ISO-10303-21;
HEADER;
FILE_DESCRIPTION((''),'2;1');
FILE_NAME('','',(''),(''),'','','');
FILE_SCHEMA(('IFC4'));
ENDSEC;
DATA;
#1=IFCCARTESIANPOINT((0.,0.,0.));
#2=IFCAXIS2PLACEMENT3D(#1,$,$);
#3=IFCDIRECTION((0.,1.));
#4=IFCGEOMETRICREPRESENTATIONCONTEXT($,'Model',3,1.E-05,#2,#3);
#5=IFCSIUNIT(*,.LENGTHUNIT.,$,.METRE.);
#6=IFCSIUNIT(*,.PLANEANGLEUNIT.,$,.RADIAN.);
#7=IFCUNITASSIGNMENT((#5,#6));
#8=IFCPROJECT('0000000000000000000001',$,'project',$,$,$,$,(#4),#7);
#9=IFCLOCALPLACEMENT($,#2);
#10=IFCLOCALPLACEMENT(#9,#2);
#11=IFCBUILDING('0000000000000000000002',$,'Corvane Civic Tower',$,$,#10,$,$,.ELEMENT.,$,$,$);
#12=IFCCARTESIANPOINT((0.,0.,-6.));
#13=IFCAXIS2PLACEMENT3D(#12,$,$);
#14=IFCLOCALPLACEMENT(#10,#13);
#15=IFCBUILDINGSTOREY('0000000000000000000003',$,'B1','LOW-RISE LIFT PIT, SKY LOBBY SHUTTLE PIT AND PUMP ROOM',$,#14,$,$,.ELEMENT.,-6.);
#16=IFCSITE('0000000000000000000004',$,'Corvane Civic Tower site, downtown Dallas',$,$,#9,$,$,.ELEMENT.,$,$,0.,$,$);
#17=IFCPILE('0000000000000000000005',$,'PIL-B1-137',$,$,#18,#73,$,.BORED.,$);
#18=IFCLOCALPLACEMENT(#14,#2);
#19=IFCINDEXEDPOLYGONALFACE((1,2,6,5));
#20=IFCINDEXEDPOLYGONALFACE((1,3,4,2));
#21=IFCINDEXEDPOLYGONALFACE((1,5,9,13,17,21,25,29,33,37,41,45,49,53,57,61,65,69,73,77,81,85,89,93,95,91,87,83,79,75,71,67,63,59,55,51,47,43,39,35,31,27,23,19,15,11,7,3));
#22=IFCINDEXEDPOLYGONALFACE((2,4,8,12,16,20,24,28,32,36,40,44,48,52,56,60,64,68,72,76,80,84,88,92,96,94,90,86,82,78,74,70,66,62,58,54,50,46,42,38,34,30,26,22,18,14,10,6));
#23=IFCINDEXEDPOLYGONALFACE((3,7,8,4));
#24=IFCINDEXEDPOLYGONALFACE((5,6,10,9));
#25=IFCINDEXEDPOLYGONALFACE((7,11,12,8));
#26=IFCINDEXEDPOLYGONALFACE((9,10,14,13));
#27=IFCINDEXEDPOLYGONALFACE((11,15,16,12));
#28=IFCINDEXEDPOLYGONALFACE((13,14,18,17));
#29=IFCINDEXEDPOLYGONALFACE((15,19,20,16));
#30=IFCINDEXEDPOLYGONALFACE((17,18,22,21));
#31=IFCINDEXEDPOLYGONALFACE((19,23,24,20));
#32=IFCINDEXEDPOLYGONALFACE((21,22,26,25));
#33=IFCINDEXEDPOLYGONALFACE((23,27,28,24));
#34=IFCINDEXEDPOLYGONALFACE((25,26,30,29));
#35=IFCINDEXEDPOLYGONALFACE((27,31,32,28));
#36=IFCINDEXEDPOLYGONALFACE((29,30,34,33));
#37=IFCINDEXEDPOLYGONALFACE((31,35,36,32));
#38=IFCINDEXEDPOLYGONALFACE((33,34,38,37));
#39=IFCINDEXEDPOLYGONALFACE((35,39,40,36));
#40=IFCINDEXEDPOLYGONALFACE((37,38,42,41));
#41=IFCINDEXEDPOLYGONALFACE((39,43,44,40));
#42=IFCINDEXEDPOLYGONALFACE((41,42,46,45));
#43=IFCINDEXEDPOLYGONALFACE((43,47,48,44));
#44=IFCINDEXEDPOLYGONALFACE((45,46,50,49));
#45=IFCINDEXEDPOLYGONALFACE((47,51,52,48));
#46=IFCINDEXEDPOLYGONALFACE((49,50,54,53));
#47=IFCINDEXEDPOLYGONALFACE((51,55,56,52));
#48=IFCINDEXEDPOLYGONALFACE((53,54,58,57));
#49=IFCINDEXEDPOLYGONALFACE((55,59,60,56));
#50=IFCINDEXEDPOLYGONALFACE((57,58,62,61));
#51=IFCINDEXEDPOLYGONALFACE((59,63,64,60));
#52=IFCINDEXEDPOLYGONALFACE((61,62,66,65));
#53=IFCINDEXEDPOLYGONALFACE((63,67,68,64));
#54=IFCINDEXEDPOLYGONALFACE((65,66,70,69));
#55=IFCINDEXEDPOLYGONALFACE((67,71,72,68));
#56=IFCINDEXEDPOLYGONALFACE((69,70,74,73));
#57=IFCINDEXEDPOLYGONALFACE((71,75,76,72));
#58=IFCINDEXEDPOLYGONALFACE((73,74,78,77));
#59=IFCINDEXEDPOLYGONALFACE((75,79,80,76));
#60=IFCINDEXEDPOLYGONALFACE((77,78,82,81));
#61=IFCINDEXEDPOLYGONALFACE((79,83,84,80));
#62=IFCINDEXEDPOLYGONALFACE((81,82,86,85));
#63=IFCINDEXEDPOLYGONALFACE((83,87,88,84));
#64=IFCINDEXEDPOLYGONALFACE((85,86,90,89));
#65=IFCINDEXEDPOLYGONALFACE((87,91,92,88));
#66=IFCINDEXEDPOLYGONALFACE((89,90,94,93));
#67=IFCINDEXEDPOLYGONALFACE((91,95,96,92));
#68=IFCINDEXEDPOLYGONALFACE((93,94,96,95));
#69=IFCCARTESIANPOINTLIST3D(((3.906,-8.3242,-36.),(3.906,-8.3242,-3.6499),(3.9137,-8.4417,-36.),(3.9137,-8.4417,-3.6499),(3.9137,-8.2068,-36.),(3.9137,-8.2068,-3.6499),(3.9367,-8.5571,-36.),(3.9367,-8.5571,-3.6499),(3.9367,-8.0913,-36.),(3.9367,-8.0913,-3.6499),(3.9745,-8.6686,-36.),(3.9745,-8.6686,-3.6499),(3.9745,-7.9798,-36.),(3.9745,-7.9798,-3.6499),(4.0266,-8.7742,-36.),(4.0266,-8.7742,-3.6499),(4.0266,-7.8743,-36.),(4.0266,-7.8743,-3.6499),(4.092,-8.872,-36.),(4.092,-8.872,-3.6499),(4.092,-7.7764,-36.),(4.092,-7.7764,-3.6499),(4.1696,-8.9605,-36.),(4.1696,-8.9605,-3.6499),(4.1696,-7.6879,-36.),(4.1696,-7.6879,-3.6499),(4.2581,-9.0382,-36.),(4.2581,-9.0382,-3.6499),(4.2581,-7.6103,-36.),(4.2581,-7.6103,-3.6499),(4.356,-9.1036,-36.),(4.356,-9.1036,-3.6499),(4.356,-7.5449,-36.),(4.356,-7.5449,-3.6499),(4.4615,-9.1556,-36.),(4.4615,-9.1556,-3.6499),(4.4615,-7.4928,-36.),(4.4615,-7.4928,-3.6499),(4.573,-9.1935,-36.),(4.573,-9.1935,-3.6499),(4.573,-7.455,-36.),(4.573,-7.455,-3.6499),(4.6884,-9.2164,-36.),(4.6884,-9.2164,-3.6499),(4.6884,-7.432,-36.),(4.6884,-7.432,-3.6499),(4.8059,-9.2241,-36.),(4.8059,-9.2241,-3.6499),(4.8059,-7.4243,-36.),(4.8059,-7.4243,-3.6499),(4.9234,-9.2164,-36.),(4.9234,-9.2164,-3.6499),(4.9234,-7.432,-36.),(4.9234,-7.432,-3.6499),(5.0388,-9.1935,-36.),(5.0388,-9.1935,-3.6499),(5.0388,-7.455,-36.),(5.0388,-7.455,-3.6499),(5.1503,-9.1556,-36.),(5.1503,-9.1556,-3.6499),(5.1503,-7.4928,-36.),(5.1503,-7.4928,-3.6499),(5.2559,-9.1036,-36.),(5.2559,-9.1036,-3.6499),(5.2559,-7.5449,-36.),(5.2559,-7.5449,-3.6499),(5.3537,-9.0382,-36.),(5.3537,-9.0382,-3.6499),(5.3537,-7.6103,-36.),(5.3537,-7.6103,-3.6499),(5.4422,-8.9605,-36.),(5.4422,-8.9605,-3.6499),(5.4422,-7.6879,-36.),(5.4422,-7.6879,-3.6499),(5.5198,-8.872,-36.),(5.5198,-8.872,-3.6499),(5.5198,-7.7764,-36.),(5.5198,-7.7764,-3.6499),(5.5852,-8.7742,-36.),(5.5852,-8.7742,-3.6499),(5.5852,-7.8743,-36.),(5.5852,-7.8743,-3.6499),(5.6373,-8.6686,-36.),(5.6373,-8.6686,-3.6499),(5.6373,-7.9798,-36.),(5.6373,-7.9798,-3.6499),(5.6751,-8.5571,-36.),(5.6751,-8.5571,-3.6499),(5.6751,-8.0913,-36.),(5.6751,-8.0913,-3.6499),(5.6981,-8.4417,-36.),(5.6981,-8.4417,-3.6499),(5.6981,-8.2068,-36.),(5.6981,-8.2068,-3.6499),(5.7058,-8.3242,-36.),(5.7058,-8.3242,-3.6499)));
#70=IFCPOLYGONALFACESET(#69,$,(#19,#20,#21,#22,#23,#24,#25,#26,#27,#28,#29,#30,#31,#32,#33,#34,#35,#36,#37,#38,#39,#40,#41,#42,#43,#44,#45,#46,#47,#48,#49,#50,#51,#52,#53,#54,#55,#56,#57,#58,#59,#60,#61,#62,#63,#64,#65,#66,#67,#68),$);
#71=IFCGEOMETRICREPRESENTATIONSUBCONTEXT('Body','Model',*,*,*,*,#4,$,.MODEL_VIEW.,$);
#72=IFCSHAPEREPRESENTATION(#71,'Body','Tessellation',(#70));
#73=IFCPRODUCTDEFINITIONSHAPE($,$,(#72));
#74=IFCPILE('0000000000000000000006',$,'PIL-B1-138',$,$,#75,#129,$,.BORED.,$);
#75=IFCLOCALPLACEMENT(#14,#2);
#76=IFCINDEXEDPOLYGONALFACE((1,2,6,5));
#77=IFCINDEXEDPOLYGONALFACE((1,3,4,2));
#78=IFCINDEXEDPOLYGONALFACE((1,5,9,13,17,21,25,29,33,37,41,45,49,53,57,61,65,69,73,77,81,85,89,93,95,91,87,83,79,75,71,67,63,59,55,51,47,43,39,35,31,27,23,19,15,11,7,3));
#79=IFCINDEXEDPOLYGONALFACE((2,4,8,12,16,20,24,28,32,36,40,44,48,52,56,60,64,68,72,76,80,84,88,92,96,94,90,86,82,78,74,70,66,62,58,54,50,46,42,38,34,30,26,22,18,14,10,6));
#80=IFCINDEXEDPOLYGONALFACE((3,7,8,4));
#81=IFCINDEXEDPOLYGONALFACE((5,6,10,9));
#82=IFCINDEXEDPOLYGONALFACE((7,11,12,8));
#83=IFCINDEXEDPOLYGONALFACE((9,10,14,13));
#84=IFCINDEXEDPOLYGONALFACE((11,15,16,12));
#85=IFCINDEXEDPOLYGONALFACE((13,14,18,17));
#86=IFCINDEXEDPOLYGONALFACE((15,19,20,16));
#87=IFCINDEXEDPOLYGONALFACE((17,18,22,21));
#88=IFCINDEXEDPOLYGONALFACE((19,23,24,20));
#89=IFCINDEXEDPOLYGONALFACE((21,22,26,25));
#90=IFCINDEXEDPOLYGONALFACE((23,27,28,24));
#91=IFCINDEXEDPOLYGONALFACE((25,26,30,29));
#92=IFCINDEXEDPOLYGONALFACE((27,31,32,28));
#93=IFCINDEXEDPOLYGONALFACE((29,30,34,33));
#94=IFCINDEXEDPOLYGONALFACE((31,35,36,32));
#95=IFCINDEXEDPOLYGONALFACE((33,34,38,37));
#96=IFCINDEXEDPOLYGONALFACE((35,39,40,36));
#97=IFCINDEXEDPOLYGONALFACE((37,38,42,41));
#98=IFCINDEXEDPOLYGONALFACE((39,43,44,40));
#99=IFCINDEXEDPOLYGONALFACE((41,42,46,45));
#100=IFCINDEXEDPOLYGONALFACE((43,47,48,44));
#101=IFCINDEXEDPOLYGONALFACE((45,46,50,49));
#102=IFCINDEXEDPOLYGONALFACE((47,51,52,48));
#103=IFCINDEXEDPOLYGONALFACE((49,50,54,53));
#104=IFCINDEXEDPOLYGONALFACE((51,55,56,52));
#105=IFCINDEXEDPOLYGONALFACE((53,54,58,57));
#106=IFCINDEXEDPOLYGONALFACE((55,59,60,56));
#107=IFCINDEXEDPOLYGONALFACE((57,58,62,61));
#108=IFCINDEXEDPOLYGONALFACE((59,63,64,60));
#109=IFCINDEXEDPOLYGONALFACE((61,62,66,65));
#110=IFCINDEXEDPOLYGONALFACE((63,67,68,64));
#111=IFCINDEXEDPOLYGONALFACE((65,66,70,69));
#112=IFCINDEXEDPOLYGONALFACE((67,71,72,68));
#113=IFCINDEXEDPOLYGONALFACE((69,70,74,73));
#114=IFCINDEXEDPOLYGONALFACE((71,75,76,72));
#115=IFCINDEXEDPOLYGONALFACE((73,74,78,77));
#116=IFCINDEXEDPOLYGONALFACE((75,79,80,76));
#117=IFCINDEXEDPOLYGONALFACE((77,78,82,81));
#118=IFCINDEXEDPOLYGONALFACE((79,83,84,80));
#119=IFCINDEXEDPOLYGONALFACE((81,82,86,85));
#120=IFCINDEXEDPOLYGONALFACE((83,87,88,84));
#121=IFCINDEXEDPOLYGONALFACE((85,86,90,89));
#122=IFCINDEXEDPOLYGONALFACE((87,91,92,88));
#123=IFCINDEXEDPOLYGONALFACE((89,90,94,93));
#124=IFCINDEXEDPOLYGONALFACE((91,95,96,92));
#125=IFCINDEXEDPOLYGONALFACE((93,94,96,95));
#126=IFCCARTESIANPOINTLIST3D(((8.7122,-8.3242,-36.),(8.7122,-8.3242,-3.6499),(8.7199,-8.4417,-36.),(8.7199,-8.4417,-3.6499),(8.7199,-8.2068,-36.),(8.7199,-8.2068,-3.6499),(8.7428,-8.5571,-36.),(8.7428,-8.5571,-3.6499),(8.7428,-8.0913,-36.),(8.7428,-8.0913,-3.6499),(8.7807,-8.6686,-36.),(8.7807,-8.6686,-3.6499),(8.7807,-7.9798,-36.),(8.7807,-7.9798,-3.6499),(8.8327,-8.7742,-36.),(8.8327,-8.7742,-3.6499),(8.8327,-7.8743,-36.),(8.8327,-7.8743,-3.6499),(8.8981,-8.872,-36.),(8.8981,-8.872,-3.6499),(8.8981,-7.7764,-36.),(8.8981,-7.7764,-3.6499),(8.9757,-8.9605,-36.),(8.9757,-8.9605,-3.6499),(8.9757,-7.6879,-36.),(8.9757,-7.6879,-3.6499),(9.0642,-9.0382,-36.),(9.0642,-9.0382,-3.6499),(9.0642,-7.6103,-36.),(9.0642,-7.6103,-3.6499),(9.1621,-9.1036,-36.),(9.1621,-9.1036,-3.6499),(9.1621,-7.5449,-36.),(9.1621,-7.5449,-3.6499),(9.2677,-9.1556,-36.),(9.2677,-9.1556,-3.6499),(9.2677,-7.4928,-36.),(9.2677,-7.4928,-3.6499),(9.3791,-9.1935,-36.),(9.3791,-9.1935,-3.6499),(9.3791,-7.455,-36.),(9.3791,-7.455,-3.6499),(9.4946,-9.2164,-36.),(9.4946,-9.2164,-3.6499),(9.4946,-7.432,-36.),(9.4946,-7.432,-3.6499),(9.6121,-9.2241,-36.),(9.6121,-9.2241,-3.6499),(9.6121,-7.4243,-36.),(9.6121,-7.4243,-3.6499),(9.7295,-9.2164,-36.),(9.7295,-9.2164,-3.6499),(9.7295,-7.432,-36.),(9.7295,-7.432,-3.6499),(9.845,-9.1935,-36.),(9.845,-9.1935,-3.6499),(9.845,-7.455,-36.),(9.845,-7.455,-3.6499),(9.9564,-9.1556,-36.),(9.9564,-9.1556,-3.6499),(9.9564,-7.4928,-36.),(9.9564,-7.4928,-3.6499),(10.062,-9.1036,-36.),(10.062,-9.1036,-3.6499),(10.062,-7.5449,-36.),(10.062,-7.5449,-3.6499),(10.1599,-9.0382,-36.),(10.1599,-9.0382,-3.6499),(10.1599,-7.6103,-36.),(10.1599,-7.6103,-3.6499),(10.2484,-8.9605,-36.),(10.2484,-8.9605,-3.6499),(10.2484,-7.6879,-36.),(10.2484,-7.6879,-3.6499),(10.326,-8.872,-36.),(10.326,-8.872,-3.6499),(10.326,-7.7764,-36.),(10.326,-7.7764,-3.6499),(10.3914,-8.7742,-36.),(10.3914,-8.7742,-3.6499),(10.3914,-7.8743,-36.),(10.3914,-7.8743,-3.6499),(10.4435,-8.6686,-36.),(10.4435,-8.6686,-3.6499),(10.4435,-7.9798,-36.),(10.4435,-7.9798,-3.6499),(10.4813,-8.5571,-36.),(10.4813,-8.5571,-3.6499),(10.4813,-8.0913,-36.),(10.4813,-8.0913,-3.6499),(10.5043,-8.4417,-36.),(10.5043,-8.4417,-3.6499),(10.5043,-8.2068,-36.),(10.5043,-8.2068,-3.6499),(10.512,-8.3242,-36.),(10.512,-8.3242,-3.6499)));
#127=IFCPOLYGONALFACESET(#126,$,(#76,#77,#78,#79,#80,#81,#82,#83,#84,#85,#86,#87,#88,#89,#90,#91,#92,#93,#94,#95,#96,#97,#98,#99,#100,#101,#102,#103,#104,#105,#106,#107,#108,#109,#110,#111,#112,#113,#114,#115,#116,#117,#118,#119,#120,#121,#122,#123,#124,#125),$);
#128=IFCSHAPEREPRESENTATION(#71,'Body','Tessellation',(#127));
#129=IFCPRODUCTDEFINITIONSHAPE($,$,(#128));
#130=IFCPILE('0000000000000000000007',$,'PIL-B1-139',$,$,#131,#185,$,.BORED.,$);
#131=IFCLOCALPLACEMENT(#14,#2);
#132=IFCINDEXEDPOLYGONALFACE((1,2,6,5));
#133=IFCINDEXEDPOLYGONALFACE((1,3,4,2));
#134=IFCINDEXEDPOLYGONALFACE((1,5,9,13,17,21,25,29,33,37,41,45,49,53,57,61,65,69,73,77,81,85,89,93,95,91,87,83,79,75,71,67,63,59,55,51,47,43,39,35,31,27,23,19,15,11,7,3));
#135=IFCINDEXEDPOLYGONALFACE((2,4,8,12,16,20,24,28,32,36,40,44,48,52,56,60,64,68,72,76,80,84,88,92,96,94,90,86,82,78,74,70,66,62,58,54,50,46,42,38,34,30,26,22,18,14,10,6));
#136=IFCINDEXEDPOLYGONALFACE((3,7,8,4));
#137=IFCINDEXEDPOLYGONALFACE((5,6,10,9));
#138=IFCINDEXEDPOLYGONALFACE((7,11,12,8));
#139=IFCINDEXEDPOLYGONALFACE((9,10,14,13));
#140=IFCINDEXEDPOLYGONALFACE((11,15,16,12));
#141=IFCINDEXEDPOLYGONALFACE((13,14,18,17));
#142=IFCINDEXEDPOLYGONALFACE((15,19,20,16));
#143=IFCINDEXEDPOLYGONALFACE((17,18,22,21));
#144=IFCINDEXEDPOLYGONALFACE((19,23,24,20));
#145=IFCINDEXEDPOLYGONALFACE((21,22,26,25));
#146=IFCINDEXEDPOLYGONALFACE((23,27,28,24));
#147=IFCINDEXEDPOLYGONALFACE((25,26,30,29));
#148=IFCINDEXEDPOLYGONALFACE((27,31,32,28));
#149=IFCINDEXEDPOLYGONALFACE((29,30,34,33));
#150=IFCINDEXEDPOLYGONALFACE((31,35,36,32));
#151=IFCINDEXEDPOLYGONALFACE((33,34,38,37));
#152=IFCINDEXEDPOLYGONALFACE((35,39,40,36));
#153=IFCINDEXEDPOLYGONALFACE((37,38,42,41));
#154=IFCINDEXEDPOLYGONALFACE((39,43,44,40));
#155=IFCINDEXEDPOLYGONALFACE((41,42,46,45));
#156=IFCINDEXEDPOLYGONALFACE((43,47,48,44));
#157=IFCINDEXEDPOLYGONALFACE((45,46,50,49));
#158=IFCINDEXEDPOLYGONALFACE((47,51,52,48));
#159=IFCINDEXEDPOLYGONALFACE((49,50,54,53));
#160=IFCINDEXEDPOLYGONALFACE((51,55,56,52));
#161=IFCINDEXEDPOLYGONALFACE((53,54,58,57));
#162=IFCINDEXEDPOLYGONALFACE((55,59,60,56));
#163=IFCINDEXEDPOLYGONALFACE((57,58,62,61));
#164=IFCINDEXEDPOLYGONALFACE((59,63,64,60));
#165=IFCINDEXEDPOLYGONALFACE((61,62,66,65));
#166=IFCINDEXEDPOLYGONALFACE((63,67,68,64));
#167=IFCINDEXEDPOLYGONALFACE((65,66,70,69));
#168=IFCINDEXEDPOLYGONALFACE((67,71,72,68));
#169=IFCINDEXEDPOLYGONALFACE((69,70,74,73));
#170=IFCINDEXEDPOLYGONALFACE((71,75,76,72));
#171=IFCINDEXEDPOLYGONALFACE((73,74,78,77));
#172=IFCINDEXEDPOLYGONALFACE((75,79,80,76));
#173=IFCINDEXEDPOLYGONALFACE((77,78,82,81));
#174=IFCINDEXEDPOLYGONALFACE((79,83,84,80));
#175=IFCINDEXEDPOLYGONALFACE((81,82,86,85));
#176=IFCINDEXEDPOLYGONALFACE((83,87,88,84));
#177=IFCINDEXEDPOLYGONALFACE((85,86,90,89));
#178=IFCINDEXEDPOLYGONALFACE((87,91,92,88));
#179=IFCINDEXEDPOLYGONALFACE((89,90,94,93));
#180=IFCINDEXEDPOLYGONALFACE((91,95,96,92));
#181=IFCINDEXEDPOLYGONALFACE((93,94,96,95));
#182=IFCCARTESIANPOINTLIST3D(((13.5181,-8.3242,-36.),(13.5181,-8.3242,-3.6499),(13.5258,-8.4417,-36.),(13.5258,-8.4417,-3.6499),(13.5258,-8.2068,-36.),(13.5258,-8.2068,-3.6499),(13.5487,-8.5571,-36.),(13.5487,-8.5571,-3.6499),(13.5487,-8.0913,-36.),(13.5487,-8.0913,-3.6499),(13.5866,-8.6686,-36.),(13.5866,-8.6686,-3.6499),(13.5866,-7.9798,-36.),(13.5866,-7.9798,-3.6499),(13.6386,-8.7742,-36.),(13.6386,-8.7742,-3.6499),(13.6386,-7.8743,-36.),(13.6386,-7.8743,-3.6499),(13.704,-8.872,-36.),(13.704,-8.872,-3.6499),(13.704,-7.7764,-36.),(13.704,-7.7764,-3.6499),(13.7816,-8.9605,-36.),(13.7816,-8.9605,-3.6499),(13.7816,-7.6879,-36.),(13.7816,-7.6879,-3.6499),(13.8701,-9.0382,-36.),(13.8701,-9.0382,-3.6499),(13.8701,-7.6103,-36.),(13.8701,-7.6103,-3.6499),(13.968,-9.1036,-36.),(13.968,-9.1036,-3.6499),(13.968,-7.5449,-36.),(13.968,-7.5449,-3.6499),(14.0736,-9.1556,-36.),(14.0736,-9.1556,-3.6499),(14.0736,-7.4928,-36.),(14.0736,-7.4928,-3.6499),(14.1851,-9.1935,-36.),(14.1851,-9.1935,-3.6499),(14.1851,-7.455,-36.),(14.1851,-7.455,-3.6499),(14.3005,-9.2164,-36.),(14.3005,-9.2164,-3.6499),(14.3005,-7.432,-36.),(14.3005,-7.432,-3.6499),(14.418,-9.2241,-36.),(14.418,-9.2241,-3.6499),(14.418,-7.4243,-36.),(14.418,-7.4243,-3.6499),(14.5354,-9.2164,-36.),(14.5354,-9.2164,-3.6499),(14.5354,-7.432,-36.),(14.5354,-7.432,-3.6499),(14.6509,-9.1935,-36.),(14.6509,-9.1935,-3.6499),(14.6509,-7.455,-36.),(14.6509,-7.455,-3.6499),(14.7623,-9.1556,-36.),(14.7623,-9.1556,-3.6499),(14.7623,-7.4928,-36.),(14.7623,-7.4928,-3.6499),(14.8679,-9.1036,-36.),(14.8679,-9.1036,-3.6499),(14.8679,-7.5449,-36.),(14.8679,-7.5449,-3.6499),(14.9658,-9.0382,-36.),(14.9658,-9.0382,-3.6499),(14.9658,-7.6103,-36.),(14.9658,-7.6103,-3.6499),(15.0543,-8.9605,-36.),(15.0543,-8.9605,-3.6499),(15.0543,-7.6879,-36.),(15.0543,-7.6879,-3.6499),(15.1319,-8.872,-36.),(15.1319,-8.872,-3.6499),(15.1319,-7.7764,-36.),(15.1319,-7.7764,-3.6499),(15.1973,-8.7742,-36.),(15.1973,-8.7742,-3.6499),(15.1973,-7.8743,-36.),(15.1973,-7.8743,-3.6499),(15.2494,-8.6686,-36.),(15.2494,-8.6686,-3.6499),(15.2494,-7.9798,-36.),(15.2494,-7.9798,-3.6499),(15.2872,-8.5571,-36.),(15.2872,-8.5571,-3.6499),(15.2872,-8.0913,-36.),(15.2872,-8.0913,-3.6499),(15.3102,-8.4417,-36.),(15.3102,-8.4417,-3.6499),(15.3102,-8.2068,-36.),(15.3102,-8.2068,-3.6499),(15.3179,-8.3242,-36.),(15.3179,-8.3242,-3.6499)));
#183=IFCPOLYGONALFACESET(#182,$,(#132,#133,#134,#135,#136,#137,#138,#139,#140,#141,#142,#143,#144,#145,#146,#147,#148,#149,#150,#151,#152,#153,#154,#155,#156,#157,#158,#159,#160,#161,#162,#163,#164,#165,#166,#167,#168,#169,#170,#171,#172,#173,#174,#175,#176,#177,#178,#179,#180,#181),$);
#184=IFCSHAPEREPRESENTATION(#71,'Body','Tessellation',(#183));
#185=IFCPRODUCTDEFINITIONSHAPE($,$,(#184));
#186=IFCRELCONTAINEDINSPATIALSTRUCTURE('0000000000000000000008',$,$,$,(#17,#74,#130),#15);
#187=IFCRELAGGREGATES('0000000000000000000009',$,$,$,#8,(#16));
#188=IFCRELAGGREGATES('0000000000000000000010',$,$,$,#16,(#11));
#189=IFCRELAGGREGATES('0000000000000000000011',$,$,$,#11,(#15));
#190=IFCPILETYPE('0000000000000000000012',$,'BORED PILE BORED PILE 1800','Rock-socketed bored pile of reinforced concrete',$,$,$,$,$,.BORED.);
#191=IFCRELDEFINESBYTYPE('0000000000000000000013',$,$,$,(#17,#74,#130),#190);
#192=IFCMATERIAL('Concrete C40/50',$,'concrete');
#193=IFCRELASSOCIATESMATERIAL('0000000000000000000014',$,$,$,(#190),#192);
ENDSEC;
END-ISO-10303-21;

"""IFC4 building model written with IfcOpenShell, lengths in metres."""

from ifc_helpers import new_model, si_unit, direction, frame, origin, origin_2d, place, context, subcontext, project, spatial, circle, extrude, material, material_profile, profile_set, type_object, element, save


model = new_model("IFC4")

# Units and contexts
model_context = context("Model", 3, precision=1e-05, world=origin(), true_north=direction((0.0, 1.0)))
body_context = subcontext(model_context, "Body", "Model", "MODEL_VIEW")
ifc_project = project(units=[si_unit("LENGTHUNIT", "METRE"), si_unit("PLANEANGLEUNIT", "RADIAN")], contexts=[model_context])

# Site, building, storey
site_placement = place(None, origin())
site = spatial("IfcSite", under=ifc_project, at=site_placement, Name="Corvane Civic Tower site, downtown Dallas", CompositionType="ELEMENT", RefElevation=0.0)
building_placement = place(site_placement, origin())
building = spatial("IfcBuilding", under=site, at=building_placement, Name="Corvane Civic Tower", CompositionType="ELEMENT")
storey_placement = place(building_placement, frame((0.0, 0.0, -6.0)))
storey = spatial("IfcBuildingStorey", under=building, at=storey_placement, Name="B1", Description="LOW-RISE LIFT PIT, SKY LOBBY SHUTTLE PIT AND PUMP ROOM", CompositionType="ELEMENT", Elevation=-6.0)

# Piles
ifc_material_1 = material(Name="Concrete C40/50", Category="concrete")
ifc_material_profile = material_profile(ifc_material_1, circle(Radius=0.8999, at=origin_2d()), Name="BORED PILE 1800")
ifc_profile_set = profile_set([ifc_material_profile], Name="Concrete C40/50")
pile_type = type_object("IfcPileType", Name="BORED PILE BORED PILE 1800", Description="Rock-socketed bored pile of reinforced concrete", PredefinedType="BORED", material=ifc_profile_set)
for number, where, z_axis, x_axis, name in (
    (1, (4.8059, -8.3242, -3.6499), (0.0, 0.0, -1.0), (1.0, 0.0, 0.0), "PIL-B1-137"),
    (2, (9.6121, -8.3242, -3.6499), (0.0, 0.0, -1.0), (1.0, 0.0, 0.0), "PIL-B1-138"),
    (3, (14.418, -8.3242, -3.6499), (0.0, 0.0, -1.0), (1.0, 0.0, 0.0), "PIL-B1-139"),
):
    element("IfcPile", number, at=place(storey_placement, frame(where, z_axis=z_axis, x_axis=x_axis)), inside=storey, type_object=pile_type, Name=name, PredefinedType="BORED", context=body_context, shape_type="SweptSolid", body=[
        extrude(circle(Radius=0.8999, at=origin_2d()), origin(), (0.0, 0.0, 1.0), 32.3501),
    ])

save(model, "model.ifc")
